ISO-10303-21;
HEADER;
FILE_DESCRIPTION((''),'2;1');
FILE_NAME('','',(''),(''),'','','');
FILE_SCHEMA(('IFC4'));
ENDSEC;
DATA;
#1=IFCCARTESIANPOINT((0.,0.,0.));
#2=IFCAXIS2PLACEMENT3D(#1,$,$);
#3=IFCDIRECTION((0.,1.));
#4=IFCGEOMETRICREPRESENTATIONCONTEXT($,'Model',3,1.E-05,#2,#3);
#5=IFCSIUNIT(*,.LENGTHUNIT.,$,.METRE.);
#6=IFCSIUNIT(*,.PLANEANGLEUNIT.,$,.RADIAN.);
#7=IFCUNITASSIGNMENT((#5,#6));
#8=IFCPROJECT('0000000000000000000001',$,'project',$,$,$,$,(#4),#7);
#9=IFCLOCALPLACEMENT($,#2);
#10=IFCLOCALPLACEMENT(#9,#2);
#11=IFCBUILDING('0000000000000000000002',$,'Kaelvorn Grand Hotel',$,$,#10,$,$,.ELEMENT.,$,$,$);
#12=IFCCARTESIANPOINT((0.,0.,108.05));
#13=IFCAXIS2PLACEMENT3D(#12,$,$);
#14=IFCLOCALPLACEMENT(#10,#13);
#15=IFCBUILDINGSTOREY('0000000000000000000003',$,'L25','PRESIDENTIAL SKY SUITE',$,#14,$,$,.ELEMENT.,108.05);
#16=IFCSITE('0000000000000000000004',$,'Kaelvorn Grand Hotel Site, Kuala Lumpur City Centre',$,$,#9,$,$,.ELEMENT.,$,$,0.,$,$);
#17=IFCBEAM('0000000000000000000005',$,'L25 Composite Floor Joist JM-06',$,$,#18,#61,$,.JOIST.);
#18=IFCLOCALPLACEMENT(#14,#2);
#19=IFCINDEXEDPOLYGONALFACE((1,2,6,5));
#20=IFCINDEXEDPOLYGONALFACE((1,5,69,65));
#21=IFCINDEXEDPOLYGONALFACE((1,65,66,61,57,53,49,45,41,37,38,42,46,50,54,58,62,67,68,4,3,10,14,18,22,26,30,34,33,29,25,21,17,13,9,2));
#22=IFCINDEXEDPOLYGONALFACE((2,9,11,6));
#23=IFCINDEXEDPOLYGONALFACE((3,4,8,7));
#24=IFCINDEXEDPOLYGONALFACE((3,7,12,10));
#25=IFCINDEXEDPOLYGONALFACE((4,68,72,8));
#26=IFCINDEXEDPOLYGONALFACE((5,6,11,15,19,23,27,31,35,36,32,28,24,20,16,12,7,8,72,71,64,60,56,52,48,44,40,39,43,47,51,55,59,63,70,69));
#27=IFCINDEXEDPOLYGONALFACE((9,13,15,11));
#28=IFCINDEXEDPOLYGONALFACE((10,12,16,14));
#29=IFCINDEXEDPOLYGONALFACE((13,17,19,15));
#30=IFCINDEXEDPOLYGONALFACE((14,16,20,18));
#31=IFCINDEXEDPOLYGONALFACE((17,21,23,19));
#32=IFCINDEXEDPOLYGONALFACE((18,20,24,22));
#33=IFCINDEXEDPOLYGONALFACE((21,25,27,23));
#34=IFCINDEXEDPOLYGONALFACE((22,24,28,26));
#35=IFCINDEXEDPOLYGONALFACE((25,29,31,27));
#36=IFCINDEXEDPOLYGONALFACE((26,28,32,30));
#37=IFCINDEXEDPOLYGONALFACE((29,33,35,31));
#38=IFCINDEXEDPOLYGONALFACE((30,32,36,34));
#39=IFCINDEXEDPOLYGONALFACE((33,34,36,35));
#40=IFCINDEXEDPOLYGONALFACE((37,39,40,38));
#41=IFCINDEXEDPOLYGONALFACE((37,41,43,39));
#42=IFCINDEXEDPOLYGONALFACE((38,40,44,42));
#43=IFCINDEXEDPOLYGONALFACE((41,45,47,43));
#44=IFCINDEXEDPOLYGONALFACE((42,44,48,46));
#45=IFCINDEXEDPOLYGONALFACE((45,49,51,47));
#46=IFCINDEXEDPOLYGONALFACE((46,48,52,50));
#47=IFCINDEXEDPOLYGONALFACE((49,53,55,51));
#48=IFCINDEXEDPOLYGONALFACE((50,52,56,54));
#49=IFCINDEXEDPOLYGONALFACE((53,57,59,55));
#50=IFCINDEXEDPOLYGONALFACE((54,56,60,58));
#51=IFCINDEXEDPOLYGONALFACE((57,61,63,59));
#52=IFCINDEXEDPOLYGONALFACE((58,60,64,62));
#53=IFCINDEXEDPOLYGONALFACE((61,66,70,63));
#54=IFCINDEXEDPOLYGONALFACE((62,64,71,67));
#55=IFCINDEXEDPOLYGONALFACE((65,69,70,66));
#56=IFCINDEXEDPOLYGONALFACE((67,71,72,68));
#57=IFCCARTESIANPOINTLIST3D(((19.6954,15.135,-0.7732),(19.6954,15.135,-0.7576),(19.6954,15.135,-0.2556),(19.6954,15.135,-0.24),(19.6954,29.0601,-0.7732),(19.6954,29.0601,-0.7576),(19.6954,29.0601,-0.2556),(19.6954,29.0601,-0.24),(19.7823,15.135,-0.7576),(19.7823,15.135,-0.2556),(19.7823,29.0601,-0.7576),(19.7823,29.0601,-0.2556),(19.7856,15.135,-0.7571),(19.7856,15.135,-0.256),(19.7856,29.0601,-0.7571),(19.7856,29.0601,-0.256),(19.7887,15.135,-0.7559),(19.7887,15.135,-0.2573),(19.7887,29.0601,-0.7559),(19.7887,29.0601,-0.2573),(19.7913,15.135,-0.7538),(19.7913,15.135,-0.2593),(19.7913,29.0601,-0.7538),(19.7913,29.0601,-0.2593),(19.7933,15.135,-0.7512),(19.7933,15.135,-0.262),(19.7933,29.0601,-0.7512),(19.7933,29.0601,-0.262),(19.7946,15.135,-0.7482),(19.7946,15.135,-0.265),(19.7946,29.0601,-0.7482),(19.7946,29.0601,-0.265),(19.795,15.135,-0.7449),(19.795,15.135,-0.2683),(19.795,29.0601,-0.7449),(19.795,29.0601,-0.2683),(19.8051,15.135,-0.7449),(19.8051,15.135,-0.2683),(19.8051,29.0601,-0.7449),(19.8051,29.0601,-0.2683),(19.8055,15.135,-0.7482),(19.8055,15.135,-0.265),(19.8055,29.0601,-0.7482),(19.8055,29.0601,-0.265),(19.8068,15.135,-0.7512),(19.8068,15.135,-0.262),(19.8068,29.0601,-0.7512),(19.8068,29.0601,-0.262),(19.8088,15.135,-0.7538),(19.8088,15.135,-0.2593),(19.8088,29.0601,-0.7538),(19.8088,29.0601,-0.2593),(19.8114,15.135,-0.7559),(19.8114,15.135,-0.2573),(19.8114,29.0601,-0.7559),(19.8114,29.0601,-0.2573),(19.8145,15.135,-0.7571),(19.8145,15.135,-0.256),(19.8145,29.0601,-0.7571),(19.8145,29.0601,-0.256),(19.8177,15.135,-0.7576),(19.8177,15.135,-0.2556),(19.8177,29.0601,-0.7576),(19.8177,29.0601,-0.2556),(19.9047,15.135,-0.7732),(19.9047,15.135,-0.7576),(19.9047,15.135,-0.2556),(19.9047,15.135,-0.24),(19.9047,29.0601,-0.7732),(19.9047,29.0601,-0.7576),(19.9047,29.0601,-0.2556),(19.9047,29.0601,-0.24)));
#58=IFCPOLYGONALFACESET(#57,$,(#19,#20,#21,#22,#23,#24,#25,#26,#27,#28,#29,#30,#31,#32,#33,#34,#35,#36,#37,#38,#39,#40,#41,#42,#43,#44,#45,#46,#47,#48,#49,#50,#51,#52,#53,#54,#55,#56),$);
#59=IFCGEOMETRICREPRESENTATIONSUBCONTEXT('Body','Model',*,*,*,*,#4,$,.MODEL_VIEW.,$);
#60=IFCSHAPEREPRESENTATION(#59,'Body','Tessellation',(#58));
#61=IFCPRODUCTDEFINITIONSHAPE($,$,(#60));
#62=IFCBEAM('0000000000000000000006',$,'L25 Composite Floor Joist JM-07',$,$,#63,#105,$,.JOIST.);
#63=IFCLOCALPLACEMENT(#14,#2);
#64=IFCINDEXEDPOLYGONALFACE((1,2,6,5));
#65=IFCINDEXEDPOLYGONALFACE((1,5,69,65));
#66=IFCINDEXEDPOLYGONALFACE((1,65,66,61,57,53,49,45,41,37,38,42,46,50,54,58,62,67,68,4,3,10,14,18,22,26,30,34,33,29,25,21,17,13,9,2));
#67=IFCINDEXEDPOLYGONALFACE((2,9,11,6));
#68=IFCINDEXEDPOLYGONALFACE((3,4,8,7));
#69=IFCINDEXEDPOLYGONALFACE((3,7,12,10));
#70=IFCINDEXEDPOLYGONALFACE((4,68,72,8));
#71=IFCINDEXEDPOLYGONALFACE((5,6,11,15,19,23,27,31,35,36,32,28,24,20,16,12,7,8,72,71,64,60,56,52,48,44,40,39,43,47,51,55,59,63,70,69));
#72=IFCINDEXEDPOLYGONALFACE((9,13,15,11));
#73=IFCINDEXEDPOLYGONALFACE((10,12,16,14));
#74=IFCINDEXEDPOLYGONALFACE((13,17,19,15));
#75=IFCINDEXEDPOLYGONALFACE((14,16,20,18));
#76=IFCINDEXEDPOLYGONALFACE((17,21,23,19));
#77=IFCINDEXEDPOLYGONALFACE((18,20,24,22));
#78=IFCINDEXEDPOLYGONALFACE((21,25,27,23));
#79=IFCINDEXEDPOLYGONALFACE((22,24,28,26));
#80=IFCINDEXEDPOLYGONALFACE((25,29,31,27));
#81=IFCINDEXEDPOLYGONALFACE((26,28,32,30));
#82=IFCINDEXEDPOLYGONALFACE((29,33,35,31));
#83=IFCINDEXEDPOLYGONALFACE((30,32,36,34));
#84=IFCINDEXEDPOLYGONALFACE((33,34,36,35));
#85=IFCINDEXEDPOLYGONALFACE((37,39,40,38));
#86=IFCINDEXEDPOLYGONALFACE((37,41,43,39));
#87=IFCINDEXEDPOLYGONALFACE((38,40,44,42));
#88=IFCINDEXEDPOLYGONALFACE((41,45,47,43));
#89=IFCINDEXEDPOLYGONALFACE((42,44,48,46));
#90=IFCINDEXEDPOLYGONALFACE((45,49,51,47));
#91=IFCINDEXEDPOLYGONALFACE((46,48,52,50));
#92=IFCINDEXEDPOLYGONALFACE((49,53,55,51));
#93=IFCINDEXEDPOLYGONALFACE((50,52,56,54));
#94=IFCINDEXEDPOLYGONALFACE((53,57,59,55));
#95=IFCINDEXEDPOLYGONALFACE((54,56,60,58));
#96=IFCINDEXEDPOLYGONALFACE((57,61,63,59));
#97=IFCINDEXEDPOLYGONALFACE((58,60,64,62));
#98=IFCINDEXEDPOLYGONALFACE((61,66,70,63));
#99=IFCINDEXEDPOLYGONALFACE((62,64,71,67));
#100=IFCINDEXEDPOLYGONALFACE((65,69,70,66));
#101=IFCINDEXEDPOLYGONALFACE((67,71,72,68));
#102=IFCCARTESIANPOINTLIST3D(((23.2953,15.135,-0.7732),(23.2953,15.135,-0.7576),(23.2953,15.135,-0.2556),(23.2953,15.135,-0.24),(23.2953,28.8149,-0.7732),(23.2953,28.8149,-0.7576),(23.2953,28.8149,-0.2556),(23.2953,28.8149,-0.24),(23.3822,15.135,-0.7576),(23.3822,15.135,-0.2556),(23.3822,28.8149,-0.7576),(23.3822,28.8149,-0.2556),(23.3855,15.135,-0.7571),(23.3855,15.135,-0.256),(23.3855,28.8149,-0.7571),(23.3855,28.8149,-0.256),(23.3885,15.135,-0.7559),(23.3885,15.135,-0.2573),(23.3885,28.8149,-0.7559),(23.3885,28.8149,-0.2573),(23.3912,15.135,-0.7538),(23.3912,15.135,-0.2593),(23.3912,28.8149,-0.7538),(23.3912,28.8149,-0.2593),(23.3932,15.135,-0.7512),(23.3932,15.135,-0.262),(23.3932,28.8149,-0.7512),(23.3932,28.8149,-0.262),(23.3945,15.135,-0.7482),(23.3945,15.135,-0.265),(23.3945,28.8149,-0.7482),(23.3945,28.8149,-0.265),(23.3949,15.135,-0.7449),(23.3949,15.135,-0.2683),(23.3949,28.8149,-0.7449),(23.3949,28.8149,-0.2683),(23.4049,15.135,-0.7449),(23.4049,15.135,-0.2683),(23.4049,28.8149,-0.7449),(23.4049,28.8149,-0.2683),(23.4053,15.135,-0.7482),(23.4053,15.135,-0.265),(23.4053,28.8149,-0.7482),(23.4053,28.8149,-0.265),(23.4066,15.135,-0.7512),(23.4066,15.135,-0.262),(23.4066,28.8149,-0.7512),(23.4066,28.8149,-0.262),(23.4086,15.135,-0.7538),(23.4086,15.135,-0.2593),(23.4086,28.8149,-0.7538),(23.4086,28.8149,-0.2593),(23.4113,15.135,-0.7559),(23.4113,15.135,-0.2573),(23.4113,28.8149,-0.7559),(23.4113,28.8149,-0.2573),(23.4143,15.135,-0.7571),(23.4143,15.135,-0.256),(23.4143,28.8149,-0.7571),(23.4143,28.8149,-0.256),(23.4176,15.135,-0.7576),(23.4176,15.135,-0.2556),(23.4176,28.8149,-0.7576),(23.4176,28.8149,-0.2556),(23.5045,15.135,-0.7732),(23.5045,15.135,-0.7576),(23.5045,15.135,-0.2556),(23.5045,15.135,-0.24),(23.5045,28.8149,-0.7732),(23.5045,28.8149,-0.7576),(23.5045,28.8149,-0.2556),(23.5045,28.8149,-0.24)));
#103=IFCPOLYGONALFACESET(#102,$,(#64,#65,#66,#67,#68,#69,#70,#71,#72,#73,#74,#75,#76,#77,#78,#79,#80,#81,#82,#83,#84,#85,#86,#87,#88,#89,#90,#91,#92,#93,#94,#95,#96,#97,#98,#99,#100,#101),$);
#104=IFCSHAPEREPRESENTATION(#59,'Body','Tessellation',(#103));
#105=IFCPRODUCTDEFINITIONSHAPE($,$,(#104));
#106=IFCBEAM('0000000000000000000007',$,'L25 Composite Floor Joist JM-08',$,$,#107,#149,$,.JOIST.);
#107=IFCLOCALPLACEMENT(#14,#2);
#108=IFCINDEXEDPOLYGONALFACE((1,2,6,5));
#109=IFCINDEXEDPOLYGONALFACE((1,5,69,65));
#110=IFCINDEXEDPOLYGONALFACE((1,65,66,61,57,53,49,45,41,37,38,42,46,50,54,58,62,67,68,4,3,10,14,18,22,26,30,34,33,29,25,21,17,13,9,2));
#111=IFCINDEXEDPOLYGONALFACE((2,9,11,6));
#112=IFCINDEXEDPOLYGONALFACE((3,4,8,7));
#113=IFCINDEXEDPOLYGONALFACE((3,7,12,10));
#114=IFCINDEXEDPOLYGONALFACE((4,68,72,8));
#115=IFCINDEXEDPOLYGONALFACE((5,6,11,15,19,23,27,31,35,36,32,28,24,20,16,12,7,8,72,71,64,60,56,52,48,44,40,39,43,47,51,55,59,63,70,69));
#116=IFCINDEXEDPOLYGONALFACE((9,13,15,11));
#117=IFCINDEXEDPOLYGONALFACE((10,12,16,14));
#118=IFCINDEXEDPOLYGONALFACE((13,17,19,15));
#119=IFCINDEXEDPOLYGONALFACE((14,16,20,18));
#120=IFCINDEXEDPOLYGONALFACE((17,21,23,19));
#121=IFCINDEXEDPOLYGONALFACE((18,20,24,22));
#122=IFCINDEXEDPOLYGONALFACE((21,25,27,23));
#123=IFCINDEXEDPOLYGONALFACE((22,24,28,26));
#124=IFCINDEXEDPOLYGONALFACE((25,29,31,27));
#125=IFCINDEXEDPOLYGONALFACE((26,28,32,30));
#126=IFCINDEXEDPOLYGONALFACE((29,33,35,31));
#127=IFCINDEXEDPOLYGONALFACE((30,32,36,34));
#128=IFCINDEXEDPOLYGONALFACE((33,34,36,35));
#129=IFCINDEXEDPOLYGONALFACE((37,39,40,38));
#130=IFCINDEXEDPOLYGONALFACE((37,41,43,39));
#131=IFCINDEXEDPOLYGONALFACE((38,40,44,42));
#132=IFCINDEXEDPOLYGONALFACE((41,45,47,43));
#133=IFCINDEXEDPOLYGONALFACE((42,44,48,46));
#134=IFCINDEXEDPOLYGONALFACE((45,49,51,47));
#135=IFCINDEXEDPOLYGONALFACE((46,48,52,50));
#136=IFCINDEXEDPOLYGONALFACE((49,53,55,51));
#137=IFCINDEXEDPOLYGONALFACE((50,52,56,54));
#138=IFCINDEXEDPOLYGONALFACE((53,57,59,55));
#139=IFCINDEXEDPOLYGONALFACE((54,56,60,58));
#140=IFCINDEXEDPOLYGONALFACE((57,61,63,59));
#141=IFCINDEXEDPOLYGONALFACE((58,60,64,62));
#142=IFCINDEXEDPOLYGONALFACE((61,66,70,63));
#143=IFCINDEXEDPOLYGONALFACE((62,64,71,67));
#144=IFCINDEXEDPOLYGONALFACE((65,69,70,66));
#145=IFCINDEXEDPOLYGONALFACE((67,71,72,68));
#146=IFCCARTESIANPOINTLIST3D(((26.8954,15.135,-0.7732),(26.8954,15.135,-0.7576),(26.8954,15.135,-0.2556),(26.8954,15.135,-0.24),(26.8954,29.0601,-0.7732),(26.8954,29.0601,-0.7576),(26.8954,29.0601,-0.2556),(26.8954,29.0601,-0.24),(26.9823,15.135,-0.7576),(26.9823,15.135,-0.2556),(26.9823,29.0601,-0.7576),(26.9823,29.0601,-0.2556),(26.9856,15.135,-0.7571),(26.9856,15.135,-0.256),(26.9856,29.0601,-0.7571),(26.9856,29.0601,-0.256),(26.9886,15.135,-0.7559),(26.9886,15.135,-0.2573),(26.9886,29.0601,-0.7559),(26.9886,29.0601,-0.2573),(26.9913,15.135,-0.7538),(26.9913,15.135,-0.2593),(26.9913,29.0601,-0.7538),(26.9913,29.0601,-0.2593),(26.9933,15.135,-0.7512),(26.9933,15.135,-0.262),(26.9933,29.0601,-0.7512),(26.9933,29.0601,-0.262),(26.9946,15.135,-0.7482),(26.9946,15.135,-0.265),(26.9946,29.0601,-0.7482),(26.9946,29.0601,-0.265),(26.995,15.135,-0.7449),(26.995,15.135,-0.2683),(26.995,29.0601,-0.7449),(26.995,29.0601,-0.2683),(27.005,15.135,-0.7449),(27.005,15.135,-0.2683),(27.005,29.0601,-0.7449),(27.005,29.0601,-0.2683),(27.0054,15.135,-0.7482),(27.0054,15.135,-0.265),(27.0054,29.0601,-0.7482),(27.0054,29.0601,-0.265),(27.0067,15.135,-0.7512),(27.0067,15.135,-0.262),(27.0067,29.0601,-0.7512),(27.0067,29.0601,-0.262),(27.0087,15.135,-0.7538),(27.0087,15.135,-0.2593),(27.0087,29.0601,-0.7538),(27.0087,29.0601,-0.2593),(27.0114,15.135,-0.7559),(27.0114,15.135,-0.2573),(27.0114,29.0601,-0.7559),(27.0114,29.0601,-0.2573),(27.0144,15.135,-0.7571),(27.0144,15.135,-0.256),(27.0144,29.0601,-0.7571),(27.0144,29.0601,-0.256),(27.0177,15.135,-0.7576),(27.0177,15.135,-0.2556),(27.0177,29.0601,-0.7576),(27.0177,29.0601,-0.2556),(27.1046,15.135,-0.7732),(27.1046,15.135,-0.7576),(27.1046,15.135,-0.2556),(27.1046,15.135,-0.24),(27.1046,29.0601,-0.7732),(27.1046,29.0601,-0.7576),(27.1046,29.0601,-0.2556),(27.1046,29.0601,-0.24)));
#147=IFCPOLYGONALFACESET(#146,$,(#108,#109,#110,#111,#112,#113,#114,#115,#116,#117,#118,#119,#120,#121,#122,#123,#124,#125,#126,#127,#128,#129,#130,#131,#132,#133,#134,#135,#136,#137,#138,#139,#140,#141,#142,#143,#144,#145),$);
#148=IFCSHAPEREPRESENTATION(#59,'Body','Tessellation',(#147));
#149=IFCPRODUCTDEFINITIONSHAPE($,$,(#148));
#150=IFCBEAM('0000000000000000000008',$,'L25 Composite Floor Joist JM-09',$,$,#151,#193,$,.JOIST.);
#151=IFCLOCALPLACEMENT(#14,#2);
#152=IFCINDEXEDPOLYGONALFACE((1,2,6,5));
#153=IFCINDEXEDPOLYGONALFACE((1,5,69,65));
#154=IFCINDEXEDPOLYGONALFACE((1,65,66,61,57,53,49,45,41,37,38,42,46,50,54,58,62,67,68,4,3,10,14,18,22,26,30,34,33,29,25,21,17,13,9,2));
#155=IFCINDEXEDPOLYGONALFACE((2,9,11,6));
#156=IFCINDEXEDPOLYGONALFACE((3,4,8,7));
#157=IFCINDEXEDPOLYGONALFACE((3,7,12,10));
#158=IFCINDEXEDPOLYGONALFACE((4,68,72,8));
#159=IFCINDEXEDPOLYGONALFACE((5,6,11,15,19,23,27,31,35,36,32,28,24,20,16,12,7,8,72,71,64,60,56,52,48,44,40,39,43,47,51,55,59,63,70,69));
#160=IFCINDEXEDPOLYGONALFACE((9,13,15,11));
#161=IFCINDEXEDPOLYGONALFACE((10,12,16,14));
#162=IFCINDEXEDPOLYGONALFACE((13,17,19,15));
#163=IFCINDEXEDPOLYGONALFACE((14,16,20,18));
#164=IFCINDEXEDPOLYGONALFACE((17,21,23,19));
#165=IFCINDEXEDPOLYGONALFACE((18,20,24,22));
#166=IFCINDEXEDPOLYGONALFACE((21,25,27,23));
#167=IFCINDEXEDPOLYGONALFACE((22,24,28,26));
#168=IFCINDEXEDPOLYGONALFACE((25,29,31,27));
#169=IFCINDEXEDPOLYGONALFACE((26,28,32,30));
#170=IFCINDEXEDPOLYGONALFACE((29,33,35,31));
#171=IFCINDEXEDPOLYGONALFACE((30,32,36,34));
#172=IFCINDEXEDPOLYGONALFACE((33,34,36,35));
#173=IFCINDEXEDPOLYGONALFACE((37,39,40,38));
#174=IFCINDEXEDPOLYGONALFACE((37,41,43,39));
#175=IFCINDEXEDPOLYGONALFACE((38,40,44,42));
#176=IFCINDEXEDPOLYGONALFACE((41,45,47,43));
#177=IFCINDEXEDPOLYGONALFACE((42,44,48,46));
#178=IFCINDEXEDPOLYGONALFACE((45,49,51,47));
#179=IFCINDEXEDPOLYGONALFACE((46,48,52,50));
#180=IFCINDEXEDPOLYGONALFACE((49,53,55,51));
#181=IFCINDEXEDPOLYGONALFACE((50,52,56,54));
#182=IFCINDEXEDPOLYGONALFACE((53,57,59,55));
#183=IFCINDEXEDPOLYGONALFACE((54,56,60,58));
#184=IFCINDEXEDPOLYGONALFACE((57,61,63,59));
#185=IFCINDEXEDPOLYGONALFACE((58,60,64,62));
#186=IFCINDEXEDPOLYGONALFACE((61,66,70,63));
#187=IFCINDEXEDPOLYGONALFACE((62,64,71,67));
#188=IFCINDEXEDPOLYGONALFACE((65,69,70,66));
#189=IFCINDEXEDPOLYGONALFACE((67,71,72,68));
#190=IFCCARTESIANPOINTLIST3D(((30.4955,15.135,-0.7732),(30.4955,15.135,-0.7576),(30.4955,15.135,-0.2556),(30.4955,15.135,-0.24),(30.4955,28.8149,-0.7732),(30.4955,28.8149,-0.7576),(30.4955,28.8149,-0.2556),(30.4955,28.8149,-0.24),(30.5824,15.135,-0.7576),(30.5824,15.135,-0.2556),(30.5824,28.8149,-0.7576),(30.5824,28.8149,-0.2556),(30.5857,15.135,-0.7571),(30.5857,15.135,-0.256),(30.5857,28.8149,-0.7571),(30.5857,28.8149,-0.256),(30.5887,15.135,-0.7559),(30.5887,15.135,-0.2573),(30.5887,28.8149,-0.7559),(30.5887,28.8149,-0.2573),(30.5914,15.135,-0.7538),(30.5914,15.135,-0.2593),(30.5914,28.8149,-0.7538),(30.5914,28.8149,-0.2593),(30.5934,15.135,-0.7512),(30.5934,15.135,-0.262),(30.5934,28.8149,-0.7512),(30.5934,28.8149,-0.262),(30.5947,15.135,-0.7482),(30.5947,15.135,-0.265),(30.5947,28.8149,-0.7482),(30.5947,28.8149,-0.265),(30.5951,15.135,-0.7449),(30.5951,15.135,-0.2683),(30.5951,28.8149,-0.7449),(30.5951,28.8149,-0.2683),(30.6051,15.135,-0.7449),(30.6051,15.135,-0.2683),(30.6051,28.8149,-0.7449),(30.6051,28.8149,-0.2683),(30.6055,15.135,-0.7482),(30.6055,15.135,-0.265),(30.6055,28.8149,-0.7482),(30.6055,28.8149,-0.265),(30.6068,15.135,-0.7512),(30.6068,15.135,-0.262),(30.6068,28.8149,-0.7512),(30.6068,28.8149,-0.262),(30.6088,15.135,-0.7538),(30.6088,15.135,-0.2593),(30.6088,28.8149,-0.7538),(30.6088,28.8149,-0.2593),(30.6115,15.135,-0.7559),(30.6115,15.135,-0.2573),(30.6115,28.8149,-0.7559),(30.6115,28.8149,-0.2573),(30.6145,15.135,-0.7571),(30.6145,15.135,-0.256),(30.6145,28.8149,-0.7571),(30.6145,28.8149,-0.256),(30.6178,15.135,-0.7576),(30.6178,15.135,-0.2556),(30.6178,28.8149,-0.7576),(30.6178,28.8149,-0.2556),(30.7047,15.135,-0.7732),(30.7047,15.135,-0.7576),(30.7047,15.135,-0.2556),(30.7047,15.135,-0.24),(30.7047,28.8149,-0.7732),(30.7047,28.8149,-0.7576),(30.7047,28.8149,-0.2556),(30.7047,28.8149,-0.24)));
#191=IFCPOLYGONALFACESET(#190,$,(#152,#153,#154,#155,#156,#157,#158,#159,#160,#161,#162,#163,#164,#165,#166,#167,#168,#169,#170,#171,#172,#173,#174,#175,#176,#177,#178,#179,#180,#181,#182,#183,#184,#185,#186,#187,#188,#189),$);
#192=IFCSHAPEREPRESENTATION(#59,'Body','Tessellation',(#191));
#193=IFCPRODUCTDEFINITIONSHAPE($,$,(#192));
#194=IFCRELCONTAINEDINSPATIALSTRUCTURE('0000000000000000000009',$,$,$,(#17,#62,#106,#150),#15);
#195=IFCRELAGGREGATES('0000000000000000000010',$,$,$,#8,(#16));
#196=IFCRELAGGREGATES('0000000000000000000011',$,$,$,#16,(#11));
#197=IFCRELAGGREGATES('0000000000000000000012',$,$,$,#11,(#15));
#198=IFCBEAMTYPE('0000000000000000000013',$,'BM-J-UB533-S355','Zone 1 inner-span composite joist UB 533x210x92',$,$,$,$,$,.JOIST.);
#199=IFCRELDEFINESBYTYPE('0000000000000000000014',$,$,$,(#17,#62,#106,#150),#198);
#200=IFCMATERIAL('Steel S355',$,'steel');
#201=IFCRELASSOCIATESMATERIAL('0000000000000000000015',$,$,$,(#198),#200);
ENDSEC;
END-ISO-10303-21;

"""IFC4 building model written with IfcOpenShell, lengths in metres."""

from ifc_helpers import new_model, si_unit, direction, frame, origin, origin_2d, place, context, subcontext, project, spatial, i_section, extrude, material, material_profile, profile_set, type_object, element, save


model = new_model("IFC4")

# Units and contexts
model_context = context("Model", 3, precision=1e-05, world=origin(), true_north=direction((0.0, 1.0)))
body_context = subcontext(model_context, "Body", "Model", "MODEL_VIEW")
ifc_project = project(units=[si_unit("LENGTHUNIT", "METRE"), si_unit("PLANEANGLEUNIT", "RADIAN")], contexts=[model_context])

# Site, building, storey
site_placement = place(None, origin())
site = spatial("IfcSite", under=ifc_project, at=site_placement, Name="Kaelvorn Grand Hotel Site, Kuala Lumpur City Centre", CompositionType="ELEMENT", RefElevation=0.0)
building_placement = place(site_placement, origin())
building = spatial("IfcBuilding", under=site, at=building_placement, Name="Kaelvorn Grand Hotel", CompositionType="ELEMENT")
storey_placement = place(building_placement, frame((0.0, 0.0, 108.05)))
storey = spatial("IfcBuildingStorey", under=building, at=storey_placement, Name="L25", Description="PRESIDENTIAL SKY SUITE", CompositionType="ELEMENT", Elevation=108.05)

# Beams
ifc_material_1 = material(Name="Steel S355", Category="steel")
ifc_material_profile_1 = material_profile(ifc_material_1, i_section(OverallWidth=0.2092, OverallDepth=0.5332, WebThickness=0.01, FlangeThickness=0.0156, FilletRadius=0.0127, at=origin_2d()), Name="UB 533x210x92")
ifc_profile_set_1 = profile_set([ifc_material_profile_1], Name="Steel S355")
beam_type_1 = type_object("IfcBeamType", Name="BM-J-UB533-S355", Description="Zone 1 inner-span composite joist UB 533x210x92", PredefinedType="JOIST", material=ifc_profile_set_1)
beam_1_placement = place(storey_placement, frame((19.8, 15.135, -0.5066), z_axis=(0.0, 1.0, 0.0), x_axis=(-1.0, 0.0, 0.0)))
element("IfcBeam", 1, at=beam_1_placement, inside=storey, type_object=beam_type_1, Name="L25 Composite Floor Joist JM-06", PredefinedType="JOIST", context=body_context, shape_type="SweptSolid", body=[
    extrude(i_section(OverallWidth=0.2092, OverallDepth=0.5332, WebThickness=0.01, FlangeThickness=0.0156, FilletRadius=0.0127, at=origin_2d()), origin(), (0.0, 0.0, 1.0), 13.925),
])
beam_2_placement = place(storey_placement, frame((23.3999, 15.135, -0.5066), z_axis=(0.0, 1.0, 0.0), x_axis=(-1.0, 0.0, 0.0)))
element("IfcBeam", 2, at=beam_2_placement, inside=storey, type_object=beam_type_1, Name="L25 Composite Floor Joist JM-07", PredefinedType="JOIST", context=body_context, shape_type="SweptSolid", body=[
    extrude(i_section(OverallWidth=0.2092, OverallDepth=0.5332, WebThickness=0.01, FlangeThickness=0.0156, FilletRadius=0.0127, at=origin_2d()), origin(), (0.0, 0.0, 1.0), 13.6799),
])
beam_3_placement = place(storey_placement, frame((27.0, 15.135, -0.5066), z_axis=(0.0, 1.0, 0.0), x_axis=(-1.0, 0.0, 0.0)))
element("IfcBeam", 3, at=beam_3_placement, inside=storey, type_object=beam_type_1, Name="L25 Composite Floor Joist JM-08", PredefinedType="JOIST", context=body_context, shape_type="SweptSolid", body=[
    extrude(i_section(OverallWidth=0.2092, OverallDepth=0.5332, WebThickness=0.01, FlangeThickness=0.0156, FilletRadius=0.0127, at=origin_2d()), origin(), (0.0, 0.0, 1.0), 13.925),
])
beam_4_placement = place(storey_placement, frame((30.6001, 15.135, -0.5066), z_axis=(0.0, 1.0, 0.0), x_axis=(-1.0, 0.0, 0.0)))
element("IfcBeam", 4, at=beam_4_placement, inside=storey, type_object=beam_type_1, Name="L25 Composite Floor Joist JM-09", PredefinedType="JOIST", context=body_context, shape_type="SweptSolid", body=[
    extrude(i_section(OverallWidth=0.2092, OverallDepth=0.5332, WebThickness=0.01, FlangeThickness=0.0156, FilletRadius=0.0127, at=origin_2d()), origin(), (0.0, 0.0, 1.0), 13.6799),
])

save(model, "model.ifc")
